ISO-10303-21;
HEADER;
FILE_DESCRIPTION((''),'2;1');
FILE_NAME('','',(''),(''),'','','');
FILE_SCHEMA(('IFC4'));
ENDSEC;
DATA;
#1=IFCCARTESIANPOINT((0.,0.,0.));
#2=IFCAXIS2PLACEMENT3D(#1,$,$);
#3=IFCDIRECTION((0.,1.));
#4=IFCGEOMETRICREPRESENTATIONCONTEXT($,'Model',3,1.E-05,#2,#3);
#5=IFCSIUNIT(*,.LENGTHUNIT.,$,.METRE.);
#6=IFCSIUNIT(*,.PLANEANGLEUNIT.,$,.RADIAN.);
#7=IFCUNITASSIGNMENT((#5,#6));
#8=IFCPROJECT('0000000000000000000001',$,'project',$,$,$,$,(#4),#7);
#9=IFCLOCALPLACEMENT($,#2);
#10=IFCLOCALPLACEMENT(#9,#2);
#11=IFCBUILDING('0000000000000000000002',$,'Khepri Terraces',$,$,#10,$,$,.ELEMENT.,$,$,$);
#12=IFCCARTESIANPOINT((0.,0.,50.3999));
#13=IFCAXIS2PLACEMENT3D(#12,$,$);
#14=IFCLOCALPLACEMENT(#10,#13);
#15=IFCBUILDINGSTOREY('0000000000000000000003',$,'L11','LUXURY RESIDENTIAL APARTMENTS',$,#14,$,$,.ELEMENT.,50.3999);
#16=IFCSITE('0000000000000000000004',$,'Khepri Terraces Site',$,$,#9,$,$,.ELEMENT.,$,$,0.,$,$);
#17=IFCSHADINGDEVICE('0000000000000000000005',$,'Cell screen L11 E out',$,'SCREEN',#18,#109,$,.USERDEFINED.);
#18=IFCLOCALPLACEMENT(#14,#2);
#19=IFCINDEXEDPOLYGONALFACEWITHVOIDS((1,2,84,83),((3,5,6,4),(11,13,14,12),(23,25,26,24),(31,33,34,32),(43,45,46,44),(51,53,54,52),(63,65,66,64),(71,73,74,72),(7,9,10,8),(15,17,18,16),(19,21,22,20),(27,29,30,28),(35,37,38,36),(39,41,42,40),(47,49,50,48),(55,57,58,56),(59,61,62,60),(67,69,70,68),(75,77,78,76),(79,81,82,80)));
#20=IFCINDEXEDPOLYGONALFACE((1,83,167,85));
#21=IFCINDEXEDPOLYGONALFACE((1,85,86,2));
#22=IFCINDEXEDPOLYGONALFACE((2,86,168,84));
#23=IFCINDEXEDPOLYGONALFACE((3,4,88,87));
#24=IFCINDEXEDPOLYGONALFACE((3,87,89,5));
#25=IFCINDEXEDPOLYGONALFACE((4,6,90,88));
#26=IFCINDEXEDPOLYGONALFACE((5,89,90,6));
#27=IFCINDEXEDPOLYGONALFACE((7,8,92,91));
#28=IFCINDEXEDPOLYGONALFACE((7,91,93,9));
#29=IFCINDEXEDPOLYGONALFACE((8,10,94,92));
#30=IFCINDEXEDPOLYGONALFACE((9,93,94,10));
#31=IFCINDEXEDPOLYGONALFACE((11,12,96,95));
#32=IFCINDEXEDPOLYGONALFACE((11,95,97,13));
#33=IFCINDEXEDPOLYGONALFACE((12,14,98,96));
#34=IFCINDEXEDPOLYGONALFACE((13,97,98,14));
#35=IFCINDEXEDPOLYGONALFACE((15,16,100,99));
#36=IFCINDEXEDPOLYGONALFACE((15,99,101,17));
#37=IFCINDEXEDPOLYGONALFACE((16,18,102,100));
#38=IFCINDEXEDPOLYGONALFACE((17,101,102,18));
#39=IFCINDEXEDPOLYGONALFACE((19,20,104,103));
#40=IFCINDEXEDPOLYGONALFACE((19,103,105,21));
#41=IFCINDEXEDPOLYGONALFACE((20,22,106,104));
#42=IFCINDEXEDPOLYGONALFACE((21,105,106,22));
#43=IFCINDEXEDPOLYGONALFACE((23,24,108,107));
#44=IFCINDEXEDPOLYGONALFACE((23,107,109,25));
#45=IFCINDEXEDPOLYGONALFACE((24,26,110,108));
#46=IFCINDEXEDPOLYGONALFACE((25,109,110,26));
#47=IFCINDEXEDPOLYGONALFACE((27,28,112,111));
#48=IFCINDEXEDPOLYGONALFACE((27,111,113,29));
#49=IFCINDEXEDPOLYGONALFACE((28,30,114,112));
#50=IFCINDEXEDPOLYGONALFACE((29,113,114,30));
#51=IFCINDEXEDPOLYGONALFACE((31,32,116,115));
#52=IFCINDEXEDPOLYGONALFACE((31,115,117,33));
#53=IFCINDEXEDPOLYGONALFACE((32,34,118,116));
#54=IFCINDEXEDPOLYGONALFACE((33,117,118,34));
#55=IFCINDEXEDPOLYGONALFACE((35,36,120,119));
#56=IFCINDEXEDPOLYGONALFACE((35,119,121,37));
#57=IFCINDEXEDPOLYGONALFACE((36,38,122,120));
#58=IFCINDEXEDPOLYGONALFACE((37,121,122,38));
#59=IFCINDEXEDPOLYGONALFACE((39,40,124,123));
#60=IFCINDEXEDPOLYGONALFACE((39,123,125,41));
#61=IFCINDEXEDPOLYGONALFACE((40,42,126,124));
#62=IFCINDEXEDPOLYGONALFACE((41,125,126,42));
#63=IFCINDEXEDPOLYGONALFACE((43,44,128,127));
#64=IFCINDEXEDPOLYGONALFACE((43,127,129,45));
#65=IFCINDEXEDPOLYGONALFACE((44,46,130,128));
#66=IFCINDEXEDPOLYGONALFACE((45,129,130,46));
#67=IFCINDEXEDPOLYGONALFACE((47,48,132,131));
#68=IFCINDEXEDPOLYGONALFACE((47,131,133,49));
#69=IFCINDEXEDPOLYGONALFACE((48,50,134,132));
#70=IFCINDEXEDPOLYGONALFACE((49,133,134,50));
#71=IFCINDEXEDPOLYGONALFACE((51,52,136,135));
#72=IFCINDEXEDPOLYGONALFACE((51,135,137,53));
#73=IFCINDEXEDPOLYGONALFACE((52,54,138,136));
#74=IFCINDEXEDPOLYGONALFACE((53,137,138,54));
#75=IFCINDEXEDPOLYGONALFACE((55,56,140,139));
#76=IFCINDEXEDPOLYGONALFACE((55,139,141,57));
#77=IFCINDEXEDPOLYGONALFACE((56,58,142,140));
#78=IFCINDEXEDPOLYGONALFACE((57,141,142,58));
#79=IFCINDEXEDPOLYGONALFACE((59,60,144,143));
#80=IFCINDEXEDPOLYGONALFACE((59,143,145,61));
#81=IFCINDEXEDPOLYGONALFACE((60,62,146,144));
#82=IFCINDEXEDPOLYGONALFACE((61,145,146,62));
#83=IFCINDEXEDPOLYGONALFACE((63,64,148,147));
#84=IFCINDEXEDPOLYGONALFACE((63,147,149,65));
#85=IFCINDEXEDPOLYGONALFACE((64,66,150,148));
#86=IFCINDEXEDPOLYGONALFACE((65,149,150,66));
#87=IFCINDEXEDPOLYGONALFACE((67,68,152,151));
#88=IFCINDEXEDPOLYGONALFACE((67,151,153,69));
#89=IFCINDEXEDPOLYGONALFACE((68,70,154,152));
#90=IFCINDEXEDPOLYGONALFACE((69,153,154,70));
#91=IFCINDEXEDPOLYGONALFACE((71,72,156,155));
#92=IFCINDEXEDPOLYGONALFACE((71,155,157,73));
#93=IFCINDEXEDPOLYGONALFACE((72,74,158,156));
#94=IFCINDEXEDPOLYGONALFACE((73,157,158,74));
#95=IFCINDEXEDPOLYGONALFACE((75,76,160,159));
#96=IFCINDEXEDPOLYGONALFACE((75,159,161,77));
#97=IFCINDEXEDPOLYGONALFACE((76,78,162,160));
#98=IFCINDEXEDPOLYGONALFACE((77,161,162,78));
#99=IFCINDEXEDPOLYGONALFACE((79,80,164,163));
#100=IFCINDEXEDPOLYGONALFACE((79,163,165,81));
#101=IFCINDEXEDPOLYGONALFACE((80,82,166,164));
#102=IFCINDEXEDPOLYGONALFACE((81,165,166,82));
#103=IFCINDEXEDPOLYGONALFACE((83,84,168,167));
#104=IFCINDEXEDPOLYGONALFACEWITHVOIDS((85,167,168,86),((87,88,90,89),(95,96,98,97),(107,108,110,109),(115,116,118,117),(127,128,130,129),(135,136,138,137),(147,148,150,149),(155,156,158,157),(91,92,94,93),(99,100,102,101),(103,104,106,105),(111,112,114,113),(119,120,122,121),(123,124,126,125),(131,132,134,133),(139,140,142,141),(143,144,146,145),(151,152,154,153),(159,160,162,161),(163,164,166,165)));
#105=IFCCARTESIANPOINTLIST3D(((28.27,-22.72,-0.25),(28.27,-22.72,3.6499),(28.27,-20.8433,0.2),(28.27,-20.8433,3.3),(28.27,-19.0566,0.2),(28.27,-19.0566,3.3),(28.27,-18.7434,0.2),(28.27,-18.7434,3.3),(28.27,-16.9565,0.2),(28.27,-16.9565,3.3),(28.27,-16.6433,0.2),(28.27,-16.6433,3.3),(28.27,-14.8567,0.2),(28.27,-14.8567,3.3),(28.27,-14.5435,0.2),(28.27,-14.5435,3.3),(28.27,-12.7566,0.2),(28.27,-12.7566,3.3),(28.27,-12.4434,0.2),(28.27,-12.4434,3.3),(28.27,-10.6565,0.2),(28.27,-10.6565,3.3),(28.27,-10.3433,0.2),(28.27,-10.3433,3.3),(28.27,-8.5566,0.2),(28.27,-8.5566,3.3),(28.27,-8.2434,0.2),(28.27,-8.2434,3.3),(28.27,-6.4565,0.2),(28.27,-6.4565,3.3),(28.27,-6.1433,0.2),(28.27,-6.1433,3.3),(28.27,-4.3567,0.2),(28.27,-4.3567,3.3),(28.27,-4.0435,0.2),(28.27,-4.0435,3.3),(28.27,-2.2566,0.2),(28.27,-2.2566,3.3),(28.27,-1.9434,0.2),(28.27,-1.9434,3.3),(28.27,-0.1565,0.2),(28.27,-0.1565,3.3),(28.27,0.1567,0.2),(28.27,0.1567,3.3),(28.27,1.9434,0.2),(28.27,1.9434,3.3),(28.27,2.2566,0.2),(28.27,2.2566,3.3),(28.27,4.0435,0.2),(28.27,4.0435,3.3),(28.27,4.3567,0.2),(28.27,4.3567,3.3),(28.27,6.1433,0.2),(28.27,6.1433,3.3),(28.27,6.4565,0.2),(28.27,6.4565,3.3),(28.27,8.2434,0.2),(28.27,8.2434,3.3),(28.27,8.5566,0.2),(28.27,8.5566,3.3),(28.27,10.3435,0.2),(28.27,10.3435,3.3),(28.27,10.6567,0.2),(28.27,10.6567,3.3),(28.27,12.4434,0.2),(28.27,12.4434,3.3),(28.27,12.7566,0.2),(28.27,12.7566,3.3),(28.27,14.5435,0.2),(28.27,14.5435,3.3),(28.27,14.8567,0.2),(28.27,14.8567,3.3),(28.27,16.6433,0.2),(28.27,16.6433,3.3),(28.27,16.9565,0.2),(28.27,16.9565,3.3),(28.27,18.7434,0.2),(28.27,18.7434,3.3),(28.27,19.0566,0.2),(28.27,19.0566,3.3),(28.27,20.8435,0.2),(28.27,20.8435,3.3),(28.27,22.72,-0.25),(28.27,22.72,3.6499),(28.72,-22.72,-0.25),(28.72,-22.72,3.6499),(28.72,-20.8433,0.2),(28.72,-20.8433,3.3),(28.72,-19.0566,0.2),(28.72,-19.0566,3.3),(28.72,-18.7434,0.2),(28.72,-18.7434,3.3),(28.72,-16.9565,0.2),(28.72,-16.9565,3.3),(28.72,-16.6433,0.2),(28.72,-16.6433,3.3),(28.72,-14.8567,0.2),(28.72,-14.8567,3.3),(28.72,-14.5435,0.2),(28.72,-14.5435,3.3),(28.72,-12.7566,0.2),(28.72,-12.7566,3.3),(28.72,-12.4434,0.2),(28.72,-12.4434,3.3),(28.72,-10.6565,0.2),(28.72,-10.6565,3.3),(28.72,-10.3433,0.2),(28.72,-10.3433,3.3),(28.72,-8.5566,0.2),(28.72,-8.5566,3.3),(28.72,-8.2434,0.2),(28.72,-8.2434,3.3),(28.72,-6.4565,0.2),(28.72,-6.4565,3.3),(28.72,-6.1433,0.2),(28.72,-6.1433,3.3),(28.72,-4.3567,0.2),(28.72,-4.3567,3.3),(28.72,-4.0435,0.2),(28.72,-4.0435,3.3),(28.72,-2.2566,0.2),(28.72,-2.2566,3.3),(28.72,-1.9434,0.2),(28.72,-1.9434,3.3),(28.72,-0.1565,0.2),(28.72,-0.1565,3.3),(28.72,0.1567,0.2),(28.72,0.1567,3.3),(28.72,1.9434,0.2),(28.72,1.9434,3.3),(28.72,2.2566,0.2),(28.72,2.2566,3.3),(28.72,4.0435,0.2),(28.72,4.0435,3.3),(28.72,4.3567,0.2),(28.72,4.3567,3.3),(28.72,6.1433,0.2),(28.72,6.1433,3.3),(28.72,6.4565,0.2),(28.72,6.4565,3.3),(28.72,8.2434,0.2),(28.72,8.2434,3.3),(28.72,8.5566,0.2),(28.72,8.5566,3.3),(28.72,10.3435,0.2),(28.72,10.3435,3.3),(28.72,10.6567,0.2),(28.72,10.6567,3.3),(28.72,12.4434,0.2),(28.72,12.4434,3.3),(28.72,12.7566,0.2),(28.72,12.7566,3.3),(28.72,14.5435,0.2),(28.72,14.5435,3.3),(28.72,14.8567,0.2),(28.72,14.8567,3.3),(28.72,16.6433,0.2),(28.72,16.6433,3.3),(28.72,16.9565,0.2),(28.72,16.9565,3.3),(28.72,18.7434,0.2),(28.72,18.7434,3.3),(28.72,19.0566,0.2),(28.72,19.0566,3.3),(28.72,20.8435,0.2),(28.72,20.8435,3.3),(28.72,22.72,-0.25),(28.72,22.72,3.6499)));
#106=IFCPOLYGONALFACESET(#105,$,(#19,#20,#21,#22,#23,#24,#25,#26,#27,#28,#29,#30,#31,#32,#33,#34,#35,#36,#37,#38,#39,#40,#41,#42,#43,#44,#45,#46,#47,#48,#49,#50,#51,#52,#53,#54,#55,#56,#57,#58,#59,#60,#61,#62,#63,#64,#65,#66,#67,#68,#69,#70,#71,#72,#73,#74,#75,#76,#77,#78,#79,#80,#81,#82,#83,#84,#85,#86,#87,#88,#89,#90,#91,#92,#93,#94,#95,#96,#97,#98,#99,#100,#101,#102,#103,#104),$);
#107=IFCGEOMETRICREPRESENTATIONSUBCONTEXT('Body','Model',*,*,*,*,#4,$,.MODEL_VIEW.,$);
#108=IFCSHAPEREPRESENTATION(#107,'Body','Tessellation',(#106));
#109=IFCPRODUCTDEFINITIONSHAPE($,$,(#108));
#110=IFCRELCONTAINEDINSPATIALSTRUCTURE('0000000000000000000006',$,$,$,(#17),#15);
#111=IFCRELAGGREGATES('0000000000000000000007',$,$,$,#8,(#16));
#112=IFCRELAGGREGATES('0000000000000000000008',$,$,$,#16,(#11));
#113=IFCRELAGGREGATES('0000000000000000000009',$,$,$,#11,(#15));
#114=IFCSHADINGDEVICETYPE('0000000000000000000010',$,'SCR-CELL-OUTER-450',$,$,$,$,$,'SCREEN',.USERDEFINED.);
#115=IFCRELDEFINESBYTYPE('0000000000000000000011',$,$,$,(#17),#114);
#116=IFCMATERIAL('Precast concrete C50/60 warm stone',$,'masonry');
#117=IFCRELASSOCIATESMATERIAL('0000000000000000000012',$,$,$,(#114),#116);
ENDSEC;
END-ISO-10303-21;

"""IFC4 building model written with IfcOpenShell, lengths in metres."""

from ifc_helpers import new_model, si_unit, direction, frame, origin, place, context, subcontext, project, spatial, polyline, outline, extrude, material, type_object, element, save


model = new_model("IFC4")

# Units and contexts
model_context = context("Model", 3, precision=1e-05, world=origin(), true_north=direction((0.0, 1.0)))
body_context = subcontext(model_context, "Body", "Model", "MODEL_VIEW")
ifc_project = project(units=[si_unit("LENGTHUNIT", "METRE"), si_unit("PLANEANGLEUNIT", "RADIAN")], contexts=[model_context])

# Site, building, storey
site_placement = place(None, origin())
site = spatial("IfcSite", under=ifc_project, at=site_placement, Name="Khepri Terraces Site", CompositionType="ELEMENT", RefElevation=0.0)
building_placement = place(site_placement, origin())
building = spatial("IfcBuilding", under=site, at=building_placement, Name="Khepri Terraces", CompositionType="ELEMENT")
storey_placement = place(building_placement, frame((0.0, 0.0, 50.3999)))
storey = spatial("IfcBuildingStorey", under=building, at=storey_placement, Name="L11", Description="LUXURY RESIDENTIAL APARTMENTS", CompositionType="ELEMENT", Elevation=50.3999)

# Shared definitions
ifc_material_1 = material(Name="Precast concrete C50/60 warm stone", Category="masonry")

# Shading device
shading_device_type_1 = type_object("IfcShadingDeviceType", Name="SCR-CELL-OUTER-450", ElementType="SCREEN", PredefinedType="USERDEFINED", material=ifc_material_1)
shading_device_1_placement = place(storey_placement, frame((28.27, -22.72, -0.25), z_axis=(1.0, 0.0, 0.0), x_axis=(0.0, 1.0, 0.0)))
element("IfcShadingDevice", 1, at=shading_device_1_placement, inside=storey, type_object=shading_device_type_1, Name="Cell screen L11 E out", ObjectType="SCREEN", PredefinedType="USERDEFINED", context=body_context, shape_type="SweptSolid", body=[
    extrude(outline(polyline([(0.0, 0.0), (45.4399, 0.0), (45.4399, 3.8999), (0.0, 3.8999), (0.0, 0.0)]), holes=[polyline([(1.8767, 0.45), (3.6633, 0.45), (3.6633, 3.55), (1.8767, 3.55), (1.8767, 0.45)]), polyline([(3.9766, 0.45), (5.7634, 0.45), (5.7634, 3.55), (3.9766, 3.55), (3.9766, 0.45)]), polyline([(6.0767, 0.45), (7.8633, 0.45), (7.8633, 3.55), (6.0767, 3.55), (6.0767, 0.45)]), polyline([(8.1765, 0.45), (9.9634, 0.45), (9.9634, 3.55), (8.1765, 3.55), (8.1765, 0.45)]), polyline([(10.2766, 0.45), (12.0635, 0.45), (12.0635, 3.55), (10.2766, 3.55), (10.2766, 0.45)]), polyline([(12.3767, 0.45), (14.1633, 0.45), (14.1633, 3.55), (12.3767, 3.55), (12.3767, 0.45)]), polyline([(14.4766, 0.45), (16.2634, 0.45), (16.2634, 3.55), (14.4766, 3.55), (14.4766, 0.45)]), polyline([(16.5767, 0.45), (18.3633, 0.45), (18.3633, 3.55), (16.5767, 3.55), (16.5767, 0.45)]), polyline([(18.6765, 0.45), (20.4634, 0.45), (20.4634, 3.55), (18.6765, 3.55), (18.6765, 0.45)]), polyline([(20.7766, 0.45), (22.5635, 0.45), (22.5635, 3.55), (20.7766, 3.55), (20.7766, 0.45)]), polyline([(22.8767, 0.45), (24.6633, 0.45), (24.6633, 3.55), (22.8767, 3.55), (22.8767, 0.45)]), polyline([(24.9766, 0.45), (26.7634, 0.45), (26.7634, 3.55), (24.9766, 3.55), (24.9766, 0.45)]), polyline([(27.0767, 0.45), (28.8633, 0.45), (28.8633, 3.55), (27.0767, 3.55), (27.0767, 0.45)]), polyline([(29.1765, 0.45), (30.9634, 0.45), (30.9634, 3.55), (29.1765, 3.55), (29.1765, 0.45)]), polyline([(31.2766, 0.45), (33.0635, 0.45), (33.0635, 3.55), (31.2766, 3.55), (31.2766, 0.45)]), polyline([(33.3767, 0.45), (35.1633, 0.45), (35.1633, 3.55), (33.3767, 3.55), (33.3767, 0.45)]), polyline([(35.4766, 0.45), (37.2634, 0.45), (37.2634, 3.55), (35.4766, 3.55), (35.4766, 0.45)]), polyline([(37.5767, 0.45), (39.3633, 0.45), (39.3633, 3.55), (37.5767, 3.55), (37.5767, 0.45)]), polyline([(39.6765, 0.45), (41.4634, 0.45), (41.4634, 3.55), (39.6765, 3.55), (39.6765, 0.45)]), polyline([(41.7766, 0.45), (43.5635, 0.45), (43.5635, 3.55), (41.7766, 3.55), (41.7766, 0.45)])]), origin(), (0.0, 0.0, 1.0), 0.45),
])

save(model, "model.ifc")
